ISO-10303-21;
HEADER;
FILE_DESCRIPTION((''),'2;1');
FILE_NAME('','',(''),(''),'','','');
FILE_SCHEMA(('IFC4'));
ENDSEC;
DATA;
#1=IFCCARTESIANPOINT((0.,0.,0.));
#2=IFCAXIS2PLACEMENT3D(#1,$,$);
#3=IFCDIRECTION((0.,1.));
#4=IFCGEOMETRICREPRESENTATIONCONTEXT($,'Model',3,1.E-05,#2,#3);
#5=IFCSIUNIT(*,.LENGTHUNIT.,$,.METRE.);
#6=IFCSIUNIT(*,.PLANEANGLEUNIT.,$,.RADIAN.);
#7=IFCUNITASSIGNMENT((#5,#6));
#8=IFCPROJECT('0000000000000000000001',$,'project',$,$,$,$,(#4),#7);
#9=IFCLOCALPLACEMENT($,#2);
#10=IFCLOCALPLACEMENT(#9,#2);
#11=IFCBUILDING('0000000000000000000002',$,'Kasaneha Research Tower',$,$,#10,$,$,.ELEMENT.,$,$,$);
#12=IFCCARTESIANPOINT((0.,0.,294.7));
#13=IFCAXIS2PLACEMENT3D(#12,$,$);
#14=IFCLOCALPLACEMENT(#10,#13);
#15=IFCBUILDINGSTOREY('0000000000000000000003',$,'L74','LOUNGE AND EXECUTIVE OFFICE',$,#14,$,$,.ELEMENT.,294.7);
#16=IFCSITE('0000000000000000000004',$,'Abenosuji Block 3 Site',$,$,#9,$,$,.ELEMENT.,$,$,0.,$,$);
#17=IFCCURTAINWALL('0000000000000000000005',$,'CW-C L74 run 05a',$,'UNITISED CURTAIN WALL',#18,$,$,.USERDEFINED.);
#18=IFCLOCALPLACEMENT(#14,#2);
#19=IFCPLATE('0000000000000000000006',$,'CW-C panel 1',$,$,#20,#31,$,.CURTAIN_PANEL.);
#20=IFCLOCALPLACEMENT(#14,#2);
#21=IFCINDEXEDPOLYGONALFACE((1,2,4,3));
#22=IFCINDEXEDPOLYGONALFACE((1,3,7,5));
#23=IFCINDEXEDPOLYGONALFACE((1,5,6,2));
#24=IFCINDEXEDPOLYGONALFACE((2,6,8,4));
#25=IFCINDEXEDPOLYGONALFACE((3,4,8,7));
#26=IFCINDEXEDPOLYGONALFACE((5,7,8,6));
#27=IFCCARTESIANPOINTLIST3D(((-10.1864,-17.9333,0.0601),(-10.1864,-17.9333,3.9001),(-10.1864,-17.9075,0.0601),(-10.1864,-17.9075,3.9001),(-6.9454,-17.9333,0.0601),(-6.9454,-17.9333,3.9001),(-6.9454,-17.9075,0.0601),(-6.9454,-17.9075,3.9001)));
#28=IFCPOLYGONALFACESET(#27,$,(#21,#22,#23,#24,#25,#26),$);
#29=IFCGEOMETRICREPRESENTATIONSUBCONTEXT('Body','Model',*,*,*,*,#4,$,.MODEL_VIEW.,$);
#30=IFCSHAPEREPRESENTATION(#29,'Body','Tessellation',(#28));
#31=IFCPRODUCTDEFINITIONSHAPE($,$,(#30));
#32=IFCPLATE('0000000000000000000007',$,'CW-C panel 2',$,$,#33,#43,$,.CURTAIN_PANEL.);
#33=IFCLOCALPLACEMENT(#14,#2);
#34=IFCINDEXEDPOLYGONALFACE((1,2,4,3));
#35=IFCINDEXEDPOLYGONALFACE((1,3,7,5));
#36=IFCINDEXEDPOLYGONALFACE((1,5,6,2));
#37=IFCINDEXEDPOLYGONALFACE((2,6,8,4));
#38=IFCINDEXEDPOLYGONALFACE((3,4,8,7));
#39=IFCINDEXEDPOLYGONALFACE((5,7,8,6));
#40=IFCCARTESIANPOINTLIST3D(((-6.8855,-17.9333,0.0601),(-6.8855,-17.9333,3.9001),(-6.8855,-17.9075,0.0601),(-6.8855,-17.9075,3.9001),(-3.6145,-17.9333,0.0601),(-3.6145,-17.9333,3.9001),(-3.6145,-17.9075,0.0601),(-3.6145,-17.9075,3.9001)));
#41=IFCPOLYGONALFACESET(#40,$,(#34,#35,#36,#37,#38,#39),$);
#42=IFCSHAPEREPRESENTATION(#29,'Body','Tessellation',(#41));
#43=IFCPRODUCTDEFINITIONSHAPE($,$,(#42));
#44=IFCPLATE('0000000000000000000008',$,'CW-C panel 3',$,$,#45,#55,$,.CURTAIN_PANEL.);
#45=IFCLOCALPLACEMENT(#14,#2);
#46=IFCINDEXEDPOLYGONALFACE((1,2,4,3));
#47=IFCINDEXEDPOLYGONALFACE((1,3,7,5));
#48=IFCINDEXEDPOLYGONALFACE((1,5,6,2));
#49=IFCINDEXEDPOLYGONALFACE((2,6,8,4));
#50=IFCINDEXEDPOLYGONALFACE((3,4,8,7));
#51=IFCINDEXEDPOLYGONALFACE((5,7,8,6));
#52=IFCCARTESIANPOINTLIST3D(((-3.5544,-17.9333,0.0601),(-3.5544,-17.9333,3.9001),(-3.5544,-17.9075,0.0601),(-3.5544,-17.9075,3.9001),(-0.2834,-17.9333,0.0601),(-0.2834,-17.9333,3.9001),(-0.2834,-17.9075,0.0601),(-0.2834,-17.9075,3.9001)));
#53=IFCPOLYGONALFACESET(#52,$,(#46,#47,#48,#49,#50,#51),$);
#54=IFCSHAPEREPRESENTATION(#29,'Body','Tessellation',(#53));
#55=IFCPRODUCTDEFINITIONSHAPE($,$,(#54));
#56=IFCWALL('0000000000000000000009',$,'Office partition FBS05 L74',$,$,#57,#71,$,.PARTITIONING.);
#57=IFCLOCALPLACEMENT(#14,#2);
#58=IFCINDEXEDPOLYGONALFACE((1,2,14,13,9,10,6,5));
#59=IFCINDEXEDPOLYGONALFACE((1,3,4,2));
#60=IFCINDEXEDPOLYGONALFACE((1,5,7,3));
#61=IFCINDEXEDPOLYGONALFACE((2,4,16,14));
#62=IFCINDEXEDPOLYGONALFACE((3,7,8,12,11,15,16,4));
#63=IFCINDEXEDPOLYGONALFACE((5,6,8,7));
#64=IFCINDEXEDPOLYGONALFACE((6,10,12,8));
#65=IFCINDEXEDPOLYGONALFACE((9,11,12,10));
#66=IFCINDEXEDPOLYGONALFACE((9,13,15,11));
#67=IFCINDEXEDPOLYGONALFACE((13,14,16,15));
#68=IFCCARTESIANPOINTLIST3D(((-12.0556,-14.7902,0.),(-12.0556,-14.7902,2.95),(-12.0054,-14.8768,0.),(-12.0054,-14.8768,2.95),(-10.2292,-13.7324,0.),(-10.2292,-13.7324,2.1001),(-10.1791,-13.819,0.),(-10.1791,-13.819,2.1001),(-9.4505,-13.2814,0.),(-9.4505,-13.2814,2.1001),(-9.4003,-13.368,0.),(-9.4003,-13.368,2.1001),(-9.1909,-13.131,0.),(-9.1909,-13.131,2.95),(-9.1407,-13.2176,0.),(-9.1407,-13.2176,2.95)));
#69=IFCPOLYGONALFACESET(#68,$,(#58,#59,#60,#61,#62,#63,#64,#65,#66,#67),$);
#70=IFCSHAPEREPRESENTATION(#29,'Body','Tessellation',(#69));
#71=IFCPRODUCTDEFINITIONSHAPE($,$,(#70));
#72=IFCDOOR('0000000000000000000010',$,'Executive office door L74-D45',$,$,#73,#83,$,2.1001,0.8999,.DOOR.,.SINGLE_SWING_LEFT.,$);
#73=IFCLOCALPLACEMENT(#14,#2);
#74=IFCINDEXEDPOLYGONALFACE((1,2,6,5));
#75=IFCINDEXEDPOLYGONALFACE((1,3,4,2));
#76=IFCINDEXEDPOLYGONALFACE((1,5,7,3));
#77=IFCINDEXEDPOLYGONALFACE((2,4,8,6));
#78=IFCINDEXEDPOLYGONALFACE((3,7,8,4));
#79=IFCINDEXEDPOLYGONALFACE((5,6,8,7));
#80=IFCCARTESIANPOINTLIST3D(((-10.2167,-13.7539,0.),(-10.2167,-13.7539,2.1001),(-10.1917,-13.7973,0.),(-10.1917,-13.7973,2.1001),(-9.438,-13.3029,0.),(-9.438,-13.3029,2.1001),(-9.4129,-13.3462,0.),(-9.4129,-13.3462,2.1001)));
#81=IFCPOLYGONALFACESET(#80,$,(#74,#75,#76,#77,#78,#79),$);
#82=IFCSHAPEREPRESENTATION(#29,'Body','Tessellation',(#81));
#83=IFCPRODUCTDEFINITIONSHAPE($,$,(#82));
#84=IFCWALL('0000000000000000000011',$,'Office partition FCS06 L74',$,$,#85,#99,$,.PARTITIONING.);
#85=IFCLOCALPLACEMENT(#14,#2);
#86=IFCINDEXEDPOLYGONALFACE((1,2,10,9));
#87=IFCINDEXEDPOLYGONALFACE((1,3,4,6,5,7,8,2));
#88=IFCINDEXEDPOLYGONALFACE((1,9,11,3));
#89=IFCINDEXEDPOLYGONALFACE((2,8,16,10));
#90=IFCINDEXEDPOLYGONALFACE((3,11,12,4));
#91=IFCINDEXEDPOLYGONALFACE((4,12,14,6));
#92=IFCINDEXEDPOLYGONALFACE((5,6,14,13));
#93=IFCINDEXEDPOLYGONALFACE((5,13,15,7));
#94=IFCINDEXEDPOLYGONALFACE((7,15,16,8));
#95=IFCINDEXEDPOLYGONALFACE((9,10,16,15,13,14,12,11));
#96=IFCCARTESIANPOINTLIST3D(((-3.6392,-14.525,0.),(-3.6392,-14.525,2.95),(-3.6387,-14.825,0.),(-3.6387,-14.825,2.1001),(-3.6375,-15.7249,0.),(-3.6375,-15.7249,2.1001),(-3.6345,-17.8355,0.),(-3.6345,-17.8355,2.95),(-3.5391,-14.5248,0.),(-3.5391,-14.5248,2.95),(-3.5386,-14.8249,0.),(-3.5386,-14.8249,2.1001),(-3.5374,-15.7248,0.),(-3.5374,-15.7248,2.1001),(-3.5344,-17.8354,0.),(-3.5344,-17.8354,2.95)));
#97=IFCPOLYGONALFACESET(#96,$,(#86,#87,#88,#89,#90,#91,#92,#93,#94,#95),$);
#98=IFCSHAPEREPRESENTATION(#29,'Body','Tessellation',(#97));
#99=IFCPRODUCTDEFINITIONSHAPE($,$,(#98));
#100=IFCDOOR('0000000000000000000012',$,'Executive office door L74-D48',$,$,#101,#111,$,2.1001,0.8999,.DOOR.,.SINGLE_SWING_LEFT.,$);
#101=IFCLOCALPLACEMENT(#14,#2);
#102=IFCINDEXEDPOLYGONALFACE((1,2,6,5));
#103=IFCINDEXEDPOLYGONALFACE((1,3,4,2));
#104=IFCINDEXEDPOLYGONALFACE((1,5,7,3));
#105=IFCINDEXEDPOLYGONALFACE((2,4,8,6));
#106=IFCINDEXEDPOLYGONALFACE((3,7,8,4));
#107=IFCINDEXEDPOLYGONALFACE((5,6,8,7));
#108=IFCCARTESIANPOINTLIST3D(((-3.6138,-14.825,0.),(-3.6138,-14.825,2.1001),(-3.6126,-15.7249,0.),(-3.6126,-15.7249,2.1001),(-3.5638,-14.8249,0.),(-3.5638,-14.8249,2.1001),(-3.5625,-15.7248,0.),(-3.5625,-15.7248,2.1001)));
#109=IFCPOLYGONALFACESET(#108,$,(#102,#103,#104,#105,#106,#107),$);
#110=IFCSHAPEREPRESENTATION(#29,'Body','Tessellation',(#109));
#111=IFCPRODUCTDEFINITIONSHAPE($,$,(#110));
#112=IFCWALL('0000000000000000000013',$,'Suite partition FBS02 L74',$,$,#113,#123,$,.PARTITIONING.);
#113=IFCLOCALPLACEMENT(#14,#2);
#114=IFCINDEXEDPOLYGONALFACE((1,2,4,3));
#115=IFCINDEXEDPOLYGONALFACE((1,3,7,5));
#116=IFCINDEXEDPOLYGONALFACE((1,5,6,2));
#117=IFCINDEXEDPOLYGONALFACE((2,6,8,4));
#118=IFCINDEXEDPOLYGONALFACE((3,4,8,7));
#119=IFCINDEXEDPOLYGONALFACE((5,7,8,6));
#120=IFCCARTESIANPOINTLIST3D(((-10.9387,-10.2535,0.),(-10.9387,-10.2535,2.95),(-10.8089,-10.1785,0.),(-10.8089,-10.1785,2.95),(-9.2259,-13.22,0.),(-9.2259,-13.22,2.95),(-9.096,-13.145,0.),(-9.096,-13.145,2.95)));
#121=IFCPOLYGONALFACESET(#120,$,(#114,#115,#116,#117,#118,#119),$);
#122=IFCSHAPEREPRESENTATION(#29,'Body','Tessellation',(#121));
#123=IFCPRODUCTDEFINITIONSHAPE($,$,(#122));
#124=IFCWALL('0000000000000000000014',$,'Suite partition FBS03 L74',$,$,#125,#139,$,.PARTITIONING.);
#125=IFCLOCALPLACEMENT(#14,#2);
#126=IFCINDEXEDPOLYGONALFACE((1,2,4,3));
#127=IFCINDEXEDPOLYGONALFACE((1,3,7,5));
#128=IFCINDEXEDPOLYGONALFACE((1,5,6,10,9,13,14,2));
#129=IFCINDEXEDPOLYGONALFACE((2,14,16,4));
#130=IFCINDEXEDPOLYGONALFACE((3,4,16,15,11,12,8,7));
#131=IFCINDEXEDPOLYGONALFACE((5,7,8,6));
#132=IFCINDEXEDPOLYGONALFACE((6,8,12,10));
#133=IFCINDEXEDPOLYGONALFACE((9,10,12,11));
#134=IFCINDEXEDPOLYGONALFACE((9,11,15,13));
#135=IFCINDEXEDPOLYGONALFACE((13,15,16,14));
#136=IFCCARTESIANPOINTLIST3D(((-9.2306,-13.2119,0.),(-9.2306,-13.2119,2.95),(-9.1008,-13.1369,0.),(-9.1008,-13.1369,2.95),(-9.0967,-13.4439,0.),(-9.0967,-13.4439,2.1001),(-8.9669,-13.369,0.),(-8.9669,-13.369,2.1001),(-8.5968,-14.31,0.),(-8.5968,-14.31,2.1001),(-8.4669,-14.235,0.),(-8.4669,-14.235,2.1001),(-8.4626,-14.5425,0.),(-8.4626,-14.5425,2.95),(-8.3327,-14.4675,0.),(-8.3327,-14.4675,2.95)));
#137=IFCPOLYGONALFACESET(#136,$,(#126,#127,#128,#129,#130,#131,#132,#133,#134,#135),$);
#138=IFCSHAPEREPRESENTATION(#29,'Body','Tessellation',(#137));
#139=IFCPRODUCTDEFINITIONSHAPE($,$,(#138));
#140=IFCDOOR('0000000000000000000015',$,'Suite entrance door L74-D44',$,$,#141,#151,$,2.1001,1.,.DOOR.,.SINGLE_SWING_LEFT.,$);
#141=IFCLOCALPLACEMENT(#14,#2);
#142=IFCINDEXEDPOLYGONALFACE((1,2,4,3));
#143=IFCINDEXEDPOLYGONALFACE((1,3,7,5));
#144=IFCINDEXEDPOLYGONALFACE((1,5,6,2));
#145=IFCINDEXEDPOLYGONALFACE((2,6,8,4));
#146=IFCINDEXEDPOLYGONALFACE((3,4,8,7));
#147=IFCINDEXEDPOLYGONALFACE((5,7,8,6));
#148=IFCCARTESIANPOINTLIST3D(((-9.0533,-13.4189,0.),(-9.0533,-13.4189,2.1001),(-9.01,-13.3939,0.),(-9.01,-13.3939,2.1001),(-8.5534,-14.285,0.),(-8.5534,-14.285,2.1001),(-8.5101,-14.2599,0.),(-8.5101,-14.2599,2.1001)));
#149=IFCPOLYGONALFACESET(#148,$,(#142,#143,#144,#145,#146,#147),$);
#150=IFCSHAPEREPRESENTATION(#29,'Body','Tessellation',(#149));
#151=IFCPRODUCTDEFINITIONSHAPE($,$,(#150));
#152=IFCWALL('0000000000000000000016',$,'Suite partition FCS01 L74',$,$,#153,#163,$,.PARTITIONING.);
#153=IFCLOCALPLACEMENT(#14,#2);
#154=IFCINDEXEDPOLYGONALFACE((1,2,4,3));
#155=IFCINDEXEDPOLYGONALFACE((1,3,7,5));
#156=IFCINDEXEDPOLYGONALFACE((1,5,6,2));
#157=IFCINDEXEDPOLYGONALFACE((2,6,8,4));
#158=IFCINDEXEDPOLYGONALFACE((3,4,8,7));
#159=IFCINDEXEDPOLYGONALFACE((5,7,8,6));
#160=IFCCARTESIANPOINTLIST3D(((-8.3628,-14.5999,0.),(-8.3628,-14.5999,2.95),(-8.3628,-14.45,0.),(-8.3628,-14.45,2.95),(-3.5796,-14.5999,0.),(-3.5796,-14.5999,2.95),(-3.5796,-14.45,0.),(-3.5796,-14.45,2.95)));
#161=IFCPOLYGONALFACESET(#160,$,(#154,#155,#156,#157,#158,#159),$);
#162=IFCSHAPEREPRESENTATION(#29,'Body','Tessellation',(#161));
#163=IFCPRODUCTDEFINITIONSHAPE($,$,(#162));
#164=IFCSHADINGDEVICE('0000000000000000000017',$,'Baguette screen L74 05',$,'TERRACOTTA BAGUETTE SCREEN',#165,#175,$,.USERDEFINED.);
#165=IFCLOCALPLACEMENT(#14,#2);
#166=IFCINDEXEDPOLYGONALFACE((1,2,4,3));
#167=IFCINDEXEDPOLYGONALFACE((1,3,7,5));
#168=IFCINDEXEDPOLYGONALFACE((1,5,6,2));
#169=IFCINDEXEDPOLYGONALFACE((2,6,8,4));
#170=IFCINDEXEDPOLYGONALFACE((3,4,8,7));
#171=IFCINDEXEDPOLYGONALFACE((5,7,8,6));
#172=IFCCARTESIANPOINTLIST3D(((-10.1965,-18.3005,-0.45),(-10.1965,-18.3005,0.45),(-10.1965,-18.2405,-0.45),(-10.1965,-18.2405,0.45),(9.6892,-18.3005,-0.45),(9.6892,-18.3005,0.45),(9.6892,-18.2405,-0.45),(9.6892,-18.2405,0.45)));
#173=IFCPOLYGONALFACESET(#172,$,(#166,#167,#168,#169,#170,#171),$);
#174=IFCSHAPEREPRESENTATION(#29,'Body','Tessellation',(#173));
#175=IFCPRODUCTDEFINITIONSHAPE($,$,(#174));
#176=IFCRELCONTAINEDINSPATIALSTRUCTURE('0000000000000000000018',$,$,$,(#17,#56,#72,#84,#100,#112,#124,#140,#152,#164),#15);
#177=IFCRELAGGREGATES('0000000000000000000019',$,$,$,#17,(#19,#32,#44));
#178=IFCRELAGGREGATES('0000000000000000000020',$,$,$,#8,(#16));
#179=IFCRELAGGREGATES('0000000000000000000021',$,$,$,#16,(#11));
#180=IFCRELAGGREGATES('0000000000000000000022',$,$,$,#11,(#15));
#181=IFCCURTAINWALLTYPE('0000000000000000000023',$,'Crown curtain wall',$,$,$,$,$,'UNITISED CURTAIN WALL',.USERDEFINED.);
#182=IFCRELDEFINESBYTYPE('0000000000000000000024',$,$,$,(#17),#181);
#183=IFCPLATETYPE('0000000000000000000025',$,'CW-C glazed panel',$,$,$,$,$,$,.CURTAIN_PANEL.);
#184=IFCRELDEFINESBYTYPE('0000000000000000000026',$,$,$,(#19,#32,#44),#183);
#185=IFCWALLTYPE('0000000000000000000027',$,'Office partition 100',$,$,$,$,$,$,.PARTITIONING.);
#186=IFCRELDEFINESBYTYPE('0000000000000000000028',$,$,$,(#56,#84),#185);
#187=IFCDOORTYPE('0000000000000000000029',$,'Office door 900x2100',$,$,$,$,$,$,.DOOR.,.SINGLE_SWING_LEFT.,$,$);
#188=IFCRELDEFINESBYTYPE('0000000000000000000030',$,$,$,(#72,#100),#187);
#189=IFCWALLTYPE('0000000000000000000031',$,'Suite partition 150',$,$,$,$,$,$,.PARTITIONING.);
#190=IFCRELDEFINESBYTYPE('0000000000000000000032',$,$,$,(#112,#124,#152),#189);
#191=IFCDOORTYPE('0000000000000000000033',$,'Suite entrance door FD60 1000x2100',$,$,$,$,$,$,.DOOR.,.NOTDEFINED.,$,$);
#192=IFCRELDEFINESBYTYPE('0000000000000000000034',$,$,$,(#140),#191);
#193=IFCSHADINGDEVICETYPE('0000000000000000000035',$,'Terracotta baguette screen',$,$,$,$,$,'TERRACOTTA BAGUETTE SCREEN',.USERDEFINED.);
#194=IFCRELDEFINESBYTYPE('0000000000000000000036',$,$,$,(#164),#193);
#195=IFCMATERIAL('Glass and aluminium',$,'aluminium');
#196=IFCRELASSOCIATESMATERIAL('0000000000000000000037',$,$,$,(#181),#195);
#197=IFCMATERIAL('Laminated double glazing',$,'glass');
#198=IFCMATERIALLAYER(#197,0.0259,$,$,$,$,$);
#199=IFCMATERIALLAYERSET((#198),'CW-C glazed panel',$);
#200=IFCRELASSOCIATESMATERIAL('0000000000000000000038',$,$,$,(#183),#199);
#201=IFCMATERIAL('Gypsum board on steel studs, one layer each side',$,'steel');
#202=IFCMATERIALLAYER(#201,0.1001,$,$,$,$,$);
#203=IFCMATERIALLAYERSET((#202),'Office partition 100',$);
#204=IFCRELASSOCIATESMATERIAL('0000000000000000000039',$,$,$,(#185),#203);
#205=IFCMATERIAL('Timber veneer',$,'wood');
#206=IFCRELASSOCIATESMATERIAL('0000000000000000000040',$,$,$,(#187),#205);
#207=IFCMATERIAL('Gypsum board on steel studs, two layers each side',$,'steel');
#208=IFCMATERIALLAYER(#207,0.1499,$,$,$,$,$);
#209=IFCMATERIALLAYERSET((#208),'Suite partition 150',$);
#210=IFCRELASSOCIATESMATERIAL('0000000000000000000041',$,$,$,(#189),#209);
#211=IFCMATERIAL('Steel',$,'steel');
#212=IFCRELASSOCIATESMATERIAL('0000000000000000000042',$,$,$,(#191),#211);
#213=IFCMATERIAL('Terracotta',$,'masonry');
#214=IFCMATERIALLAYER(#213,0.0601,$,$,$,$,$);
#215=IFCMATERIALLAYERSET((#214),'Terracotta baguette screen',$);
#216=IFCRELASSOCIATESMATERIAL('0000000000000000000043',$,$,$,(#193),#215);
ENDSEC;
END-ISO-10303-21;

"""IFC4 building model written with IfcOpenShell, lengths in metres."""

from ifc_helpers import new_model, si_unit, direction, frame, frame_2d, origin, origin_2d, place, context, subcontext, project, spatial, rectangle, extrude, material, layer, layer_set, type_object, element, fill, aggregate, save


model = new_model("IFC4")

# Units and contexts
model_context = context("Model", 3, precision=1e-05, world=origin(), true_north=direction((0.0, 1.0)))
body_context = subcontext(model_context, "Body", "Model", "MODEL_VIEW")
ifc_project = project(units=[si_unit("LENGTHUNIT", "METRE"), si_unit("PLANEANGLEUNIT", "RADIAN")], contexts=[model_context])

# Site, building, storey
site_placement = place(None, origin())
site = spatial("IfcSite", under=ifc_project, at=site_placement, Name="Abenosuji Block 3 Site", CompositionType="ELEMENT", RefElevation=0.0)
building_placement = place(site_placement, origin())
building = spatial("IfcBuilding", under=site, at=building_placement, Name="Kasaneha Research Tower", CompositionType="ELEMENT")
storey_placement = place(building_placement, frame((0.0, 0.0, 294.7)))
storey = spatial("IfcBuildingStorey", under=building, at=storey_placement, Name="L74", Description="LOUNGE AND EXECUTIVE OFFICE", CompositionType="ELEMENT", Elevation=294.7)

# Curtain wall
ifc_material_1 = material(Name="Glass and aluminium", Category="aluminium")
curtain_wall_type = type_object("IfcCurtainWallType", Name="Crown curtain wall", ElementType="UNITISED CURTAIN WALL", PredefinedType="USERDEFINED", material=ifc_material_1)
curtain_wall_placement = place(storey_placement, origin())
curtain_wall = element("IfcCurtainWall", 1, at=curtain_wall_placement, inside=storey, type_object=curtain_wall_type, Name="CW-C L74 run 05a", ObjectType="UNITISED CURTAIN WALL", PredefinedType="USERDEFINED")

# Plates
ifc_material_2 = material(Name="Laminated double glazing", Category="glass")
ifc_layer_1 = layer(ifc_material_2, 0.0259)
ifc_layer_set_1 = layer_set([ifc_layer_1], Name="CW-C glazed panel")
plate_type = type_object("IfcPlateType", Name="CW-C glazed panel", PredefinedType="CURTAIN_PANEL", material=ifc_layer_set_1)
plate_1_placement = place(storey_placement, frame((-8.5659, -17.9204, 0.0601), z_axis=(0.0, 0.0, 1.0), x_axis=(1.0, 0.0, 0.0)))
plate_1 = element("IfcPlate", 2, at=plate_1_placement, type_object=plate_type, Name="CW-C panel 1", PredefinedType="CURTAIN_PANEL", context=body_context, shape_type="SweptSolid", body=[
    extrude(rectangle(XDim=3.241, YDim=0.0259, at=origin_2d()), origin(), (0.0, 0.0, 1.0), 3.8401),
])
plate_2_placement = place(storey_placement, frame((-5.25, -17.9204, 0.0601), z_axis=(0.0, 0.0, 1.0), x_axis=(1.0, 0.0, 0.0)))
plate_2 = element("IfcPlate", 3, at=plate_2_placement, type_object=plate_type, Name="CW-C panel 2", PredefinedType="CURTAIN_PANEL", context=body_context, shape_type="SweptSolid", body=[
    extrude(rectangle(XDim=3.271, YDim=0.0259, at=origin_2d()), origin(), (0.0, 0.0, 1.0), 3.8401),
])
plate_3_placement = place(storey_placement, frame((-1.9189, -17.9204, 0.0601), z_axis=(0.0, 0.0, 1.0), x_axis=(1.0, 0.0, 0.0)))
plate_3 = element("IfcPlate", 4, at=plate_3_placement, type_object=plate_type, Name="CW-C panel 3", PredefinedType="CURTAIN_PANEL", context=body_context, shape_type="SweptSolid", body=[
    extrude(rectangle(XDim=3.271, YDim=0.0259, at=origin_2d()), origin(), (0.0, 0.0, 1.0), 3.8401),
])
aggregate(curtain_wall, [plate_1, plate_2, plate_3])

# Walls, openings, doors
ifc_material_3 = material(Name="Gypsum board on steel studs, one layer each side", Category="steel")
ifc_layer_2 = layer(ifc_material_3, 0.1001)
ifc_layer_set_2 = layer_set([ifc_layer_2], Name="Office partition 100")
wall_type_1 = type_object("IfcWallType", Name="Office partition 100", PredefinedType="PARTITIONING", material=ifc_layer_set_2)
wall_1_placement = place(storey_placement, frame((-9.1658, -13.1743, 0.0), z_axis=(0.0, 0.0, 1.0), x_axis=(-0.865342, -0.501182, 0.0)))
wall_1 = element("IfcWall", 5, at=wall_1_placement, inside=storey, type_object=wall_type_1, Name="Office partition FBS05 L74", PredefinedType="PARTITIONING", context=body_context, shape_type="SweptSolid", body=[
    extrude(rectangle(XDim=3.3105, YDim=0.1001, at=frame_2d((1.6553, 0.0))), origin(), (0.0, 0.0, 1.0), 2.95),
])
opening_1_placement = place(wall_1_placement, frame((0.3, 0.0, 0.0)))
opening_1 = element("IfcOpeningElement", 6, at=opening_1_placement, cuts=wall_1, PredefinedType="OPENING", context=body_context, shape_type="SweptSolid", body=[
    extrude(rectangle(XDim=0.8999, YDim=2.1001, at=frame_2d((0.45, 1.05))), frame((0.0, 0.0601, 0.0), z_axis=(0.0, -1.0, 0.0), x_axis=(1.0, 0.0, 0.0)), (0.0, 0.0, 1.0), 0.1201),
])
ifc_material_4 = material(Name="Timber veneer", Category="wood")
door_type_1 = type_object("IfcDoorType", Name="Office door 900x2100", OperationType="SINGLE_SWING_LEFT", PredefinedType="DOOR", material=ifc_material_4)
door_1_placement = place(opening_1_placement, origin())
door_1 = element("IfcDoor", 7, at=door_1_placement, inside=storey, type_object=door_type_1, Name="Executive office door L74-D45", OperationType="SINGLE_SWING_LEFT", OverallHeight=2.1001, OverallWidth=0.8999, PredefinedType="DOOR", context=body_context, shape_type="SweptSolid", body=[
    extrude(rectangle(XDim=0.8999, YDim=2.1001, at=frame_2d((0.45, 1.05))), frame((0.0, 0.0249, 0.0), z_axis=(0.0, -1.0, 0.0), x_axis=(1.0, 0.0, 0.0)), (0.0, 0.0, 1.0), 0.05),
])
fill(opening_1, door_1)
wall_2_placement = place(storey_placement, frame((-3.5891, -14.5249, 0.0), z_axis=(0.0, 0.0, 1.0), x_axis=(0.001401, -0.999999, 0.0)))
wall_2 = element("IfcWall", 8, at=wall_2_placement, inside=storey, type_object=wall_type_1, Name="Office partition FCS06 L74", PredefinedType="PARTITIONING", context=body_context, shape_type="SweptSolid", body=[
    extrude(rectangle(XDim=3.3105, YDim=0.1001, at=frame_2d((1.6553, 0.0))), origin(), (0.0, 0.0, 1.0), 2.95),
])
opening_2_placement = place(wall_2_placement, frame((0.3, 0.0, 0.0)))
opening_2 = element("IfcOpeningElement", 9, at=opening_2_placement, cuts=wall_2, PredefinedType="OPENING", context=body_context, shape_type="SweptSolid", body=[
    extrude(rectangle(XDim=0.8999, YDim=2.1001, at=frame_2d((0.45, 1.05))), frame((0.0, 0.0601, 0.0), z_axis=(0.0, -1.0, 0.0), x_axis=(1.0, 0.0, 0.0)), (0.0, 0.0, 1.0), 0.1201),
])
door_2_placement = place(opening_2_placement, origin())
door_2 = element("IfcDoor", 10, at=door_2_placement, inside=storey, type_object=door_type_1, Name="Executive office door L74-D48", OperationType="SINGLE_SWING_LEFT", OverallHeight=2.1001, OverallWidth=0.8999, PredefinedType="DOOR", context=body_context, shape_type="SweptSolid", body=[
    extrude(rectangle(XDim=0.8999, YDim=2.1001, at=frame_2d((0.45, 1.05))), frame((0.0, 0.0249, 0.0), z_axis=(0.0, -1.0, 0.0), x_axis=(1.0, 0.0, 0.0)), (0.0, 0.0, 1.0), 0.05),
])
fill(opening_2, door_2)

# Wall
ifc_material_5 = material(Name="Gypsum board on steel studs, two layers each side", Category="steel")
ifc_layer_3 = layer(ifc_material_5, 0.1499)
ifc_layer_set_3 = layer_set([ifc_layer_3], Name="Suite partition 150")
wall_type_2 = type_object("IfcWallType", Name="Suite partition 150", PredefinedType="PARTITIONING", material=ifc_layer_set_3)
wall_3_placement = place(storey_placement, frame((-9.1609, -13.1826, 0.0), z_axis=(0.0, 0.0, 1.0), x_axis=(-0.500033, 0.866006, 0.0)))
element("IfcWall", 11, at=wall_3_placement, inside=storey, type_object=wall_type_2, Name="Suite partition FBS02 L74", PredefinedType="PARTITIONING", context=body_context, shape_type="SweptSolid", body=[
    extrude(rectangle(XDim=3.4255, YDim=0.1499, at=frame_2d((1.7129, 0.0))), origin(), (0.0, 0.0, 1.0), 2.95),
])

# Wall, opening, door
wall_4_placement = place(storey_placement, frame((-8.3977, -14.5049, 0.0), z_axis=(0.0, 0.0, 1.0), x_axis=(-0.499933, 0.866064, 0.0)))
wall_4 = element("IfcWall", 12, at=wall_4_placement, inside=storey, type_object=wall_type_2, Name="Suite partition FBS03 L74", PredefinedType="PARTITIONING", context=body_context, shape_type="SweptSolid", body=[
    extrude(rectangle(XDim=1.5364, YDim=0.1499, at=frame_2d((0.7681, 0.0))), origin(), (0.0, 0.0, 1.0), 2.95),
])
opening_3_placement = place(wall_4_placement, frame((0.2683, 0.0, 0.0)))
opening_3 = element("IfcOpeningElement", 13, at=opening_3_placement, cuts=wall_4, PredefinedType="OPENING", context=body_context, shape_type="SweptSolid", body=[
    extrude(rectangle(XDim=1.0, YDim=2.1001, at=frame_2d((0.5, 1.05))), frame((0.0, 0.085, 0.0), z_axis=(0.0, -1.0, 0.0), x_axis=(1.0, 0.0, 0.0)), (0.0, 0.0, 1.0), 0.1699),
])
ifc_material_6 = material(Name="Steel", Category="steel")
door_type_2 = type_object("IfcDoorType", Name="Suite entrance door FD60 1000x2100", OperationType="NOTDEFINED", PredefinedType="DOOR", material=ifc_material_6)
door_3_placement = place(opening_3_placement, origin())
door_3 = element("IfcDoor", 14, at=door_3_placement, inside=storey, type_object=door_type_2, Name="Suite entrance door L74-D44", OperationType="SINGLE_SWING_LEFT", OverallHeight=2.1001, OverallWidth=1.0, PredefinedType="DOOR", context=body_context, shape_type="SweptSolid", body=[
    extrude(rectangle(XDim=1.0, YDim=2.1001, at=frame_2d((0.5, 1.05))), frame((0.0, 0.0249, 0.0), z_axis=(0.0, -1.0, 0.0), x_axis=(1.0, 0.0, 0.0)), (0.0, 0.0, 1.0), 0.05),
])
fill(opening_3, door_3)

# Wall
wall_5_placement = place(storey_placement, frame((-3.5796, -14.5249, 0.0), z_axis=(0.0, 0.0, 1.0), x_axis=(-1.0, 0.0, 0.0)))
element("IfcWall", 15, at=wall_5_placement, inside=storey, type_object=wall_type_2, Name="Suite partition FCS01 L74", PredefinedType="PARTITIONING", context=body_context, shape_type="SweptSolid", body=[
    extrude(rectangle(XDim=4.7832, YDim=0.1499, at=frame_2d((2.3916, 0.0))), origin(), (0.0, 0.0, 1.0), 2.95),
])

# Shading device
ifc_material_7 = material(Name="Terracotta", Category="masonry")
ifc_layer_4 = layer(ifc_material_7, 0.0601)
ifc_layer_set_4 = layer_set([ifc_layer_4], Name="Terracotta baguette screen")
shading_device_type = type_object("IfcShadingDeviceType", Name="Terracotta baguette screen", ElementType="TERRACOTTA BAGUETTE SCREEN", PredefinedType="USERDEFINED", material=ifc_layer_set_4)
shading_device_placement = place(storey_placement, frame((-0.2537, -18.2705, -0.45), z_axis=(0.0, 0.0, 1.0), x_axis=(1.0, 0.0, 0.0)))
element("IfcShadingDevice", 16, at=shading_device_placement, inside=storey, type_object=shading_device_type, Name="Baguette screen L74 05", ObjectType="TERRACOTTA BAGUETTE SCREEN", PredefinedType="USERDEFINED", context=body_context, shape_type="SweptSolid", body=[
    extrude(rectangle(XDim=19.8857, YDim=0.0601, at=origin_2d()), origin(), (0.0, 0.0, 1.0), 0.8999),
])

save(model, "model.ifc")
